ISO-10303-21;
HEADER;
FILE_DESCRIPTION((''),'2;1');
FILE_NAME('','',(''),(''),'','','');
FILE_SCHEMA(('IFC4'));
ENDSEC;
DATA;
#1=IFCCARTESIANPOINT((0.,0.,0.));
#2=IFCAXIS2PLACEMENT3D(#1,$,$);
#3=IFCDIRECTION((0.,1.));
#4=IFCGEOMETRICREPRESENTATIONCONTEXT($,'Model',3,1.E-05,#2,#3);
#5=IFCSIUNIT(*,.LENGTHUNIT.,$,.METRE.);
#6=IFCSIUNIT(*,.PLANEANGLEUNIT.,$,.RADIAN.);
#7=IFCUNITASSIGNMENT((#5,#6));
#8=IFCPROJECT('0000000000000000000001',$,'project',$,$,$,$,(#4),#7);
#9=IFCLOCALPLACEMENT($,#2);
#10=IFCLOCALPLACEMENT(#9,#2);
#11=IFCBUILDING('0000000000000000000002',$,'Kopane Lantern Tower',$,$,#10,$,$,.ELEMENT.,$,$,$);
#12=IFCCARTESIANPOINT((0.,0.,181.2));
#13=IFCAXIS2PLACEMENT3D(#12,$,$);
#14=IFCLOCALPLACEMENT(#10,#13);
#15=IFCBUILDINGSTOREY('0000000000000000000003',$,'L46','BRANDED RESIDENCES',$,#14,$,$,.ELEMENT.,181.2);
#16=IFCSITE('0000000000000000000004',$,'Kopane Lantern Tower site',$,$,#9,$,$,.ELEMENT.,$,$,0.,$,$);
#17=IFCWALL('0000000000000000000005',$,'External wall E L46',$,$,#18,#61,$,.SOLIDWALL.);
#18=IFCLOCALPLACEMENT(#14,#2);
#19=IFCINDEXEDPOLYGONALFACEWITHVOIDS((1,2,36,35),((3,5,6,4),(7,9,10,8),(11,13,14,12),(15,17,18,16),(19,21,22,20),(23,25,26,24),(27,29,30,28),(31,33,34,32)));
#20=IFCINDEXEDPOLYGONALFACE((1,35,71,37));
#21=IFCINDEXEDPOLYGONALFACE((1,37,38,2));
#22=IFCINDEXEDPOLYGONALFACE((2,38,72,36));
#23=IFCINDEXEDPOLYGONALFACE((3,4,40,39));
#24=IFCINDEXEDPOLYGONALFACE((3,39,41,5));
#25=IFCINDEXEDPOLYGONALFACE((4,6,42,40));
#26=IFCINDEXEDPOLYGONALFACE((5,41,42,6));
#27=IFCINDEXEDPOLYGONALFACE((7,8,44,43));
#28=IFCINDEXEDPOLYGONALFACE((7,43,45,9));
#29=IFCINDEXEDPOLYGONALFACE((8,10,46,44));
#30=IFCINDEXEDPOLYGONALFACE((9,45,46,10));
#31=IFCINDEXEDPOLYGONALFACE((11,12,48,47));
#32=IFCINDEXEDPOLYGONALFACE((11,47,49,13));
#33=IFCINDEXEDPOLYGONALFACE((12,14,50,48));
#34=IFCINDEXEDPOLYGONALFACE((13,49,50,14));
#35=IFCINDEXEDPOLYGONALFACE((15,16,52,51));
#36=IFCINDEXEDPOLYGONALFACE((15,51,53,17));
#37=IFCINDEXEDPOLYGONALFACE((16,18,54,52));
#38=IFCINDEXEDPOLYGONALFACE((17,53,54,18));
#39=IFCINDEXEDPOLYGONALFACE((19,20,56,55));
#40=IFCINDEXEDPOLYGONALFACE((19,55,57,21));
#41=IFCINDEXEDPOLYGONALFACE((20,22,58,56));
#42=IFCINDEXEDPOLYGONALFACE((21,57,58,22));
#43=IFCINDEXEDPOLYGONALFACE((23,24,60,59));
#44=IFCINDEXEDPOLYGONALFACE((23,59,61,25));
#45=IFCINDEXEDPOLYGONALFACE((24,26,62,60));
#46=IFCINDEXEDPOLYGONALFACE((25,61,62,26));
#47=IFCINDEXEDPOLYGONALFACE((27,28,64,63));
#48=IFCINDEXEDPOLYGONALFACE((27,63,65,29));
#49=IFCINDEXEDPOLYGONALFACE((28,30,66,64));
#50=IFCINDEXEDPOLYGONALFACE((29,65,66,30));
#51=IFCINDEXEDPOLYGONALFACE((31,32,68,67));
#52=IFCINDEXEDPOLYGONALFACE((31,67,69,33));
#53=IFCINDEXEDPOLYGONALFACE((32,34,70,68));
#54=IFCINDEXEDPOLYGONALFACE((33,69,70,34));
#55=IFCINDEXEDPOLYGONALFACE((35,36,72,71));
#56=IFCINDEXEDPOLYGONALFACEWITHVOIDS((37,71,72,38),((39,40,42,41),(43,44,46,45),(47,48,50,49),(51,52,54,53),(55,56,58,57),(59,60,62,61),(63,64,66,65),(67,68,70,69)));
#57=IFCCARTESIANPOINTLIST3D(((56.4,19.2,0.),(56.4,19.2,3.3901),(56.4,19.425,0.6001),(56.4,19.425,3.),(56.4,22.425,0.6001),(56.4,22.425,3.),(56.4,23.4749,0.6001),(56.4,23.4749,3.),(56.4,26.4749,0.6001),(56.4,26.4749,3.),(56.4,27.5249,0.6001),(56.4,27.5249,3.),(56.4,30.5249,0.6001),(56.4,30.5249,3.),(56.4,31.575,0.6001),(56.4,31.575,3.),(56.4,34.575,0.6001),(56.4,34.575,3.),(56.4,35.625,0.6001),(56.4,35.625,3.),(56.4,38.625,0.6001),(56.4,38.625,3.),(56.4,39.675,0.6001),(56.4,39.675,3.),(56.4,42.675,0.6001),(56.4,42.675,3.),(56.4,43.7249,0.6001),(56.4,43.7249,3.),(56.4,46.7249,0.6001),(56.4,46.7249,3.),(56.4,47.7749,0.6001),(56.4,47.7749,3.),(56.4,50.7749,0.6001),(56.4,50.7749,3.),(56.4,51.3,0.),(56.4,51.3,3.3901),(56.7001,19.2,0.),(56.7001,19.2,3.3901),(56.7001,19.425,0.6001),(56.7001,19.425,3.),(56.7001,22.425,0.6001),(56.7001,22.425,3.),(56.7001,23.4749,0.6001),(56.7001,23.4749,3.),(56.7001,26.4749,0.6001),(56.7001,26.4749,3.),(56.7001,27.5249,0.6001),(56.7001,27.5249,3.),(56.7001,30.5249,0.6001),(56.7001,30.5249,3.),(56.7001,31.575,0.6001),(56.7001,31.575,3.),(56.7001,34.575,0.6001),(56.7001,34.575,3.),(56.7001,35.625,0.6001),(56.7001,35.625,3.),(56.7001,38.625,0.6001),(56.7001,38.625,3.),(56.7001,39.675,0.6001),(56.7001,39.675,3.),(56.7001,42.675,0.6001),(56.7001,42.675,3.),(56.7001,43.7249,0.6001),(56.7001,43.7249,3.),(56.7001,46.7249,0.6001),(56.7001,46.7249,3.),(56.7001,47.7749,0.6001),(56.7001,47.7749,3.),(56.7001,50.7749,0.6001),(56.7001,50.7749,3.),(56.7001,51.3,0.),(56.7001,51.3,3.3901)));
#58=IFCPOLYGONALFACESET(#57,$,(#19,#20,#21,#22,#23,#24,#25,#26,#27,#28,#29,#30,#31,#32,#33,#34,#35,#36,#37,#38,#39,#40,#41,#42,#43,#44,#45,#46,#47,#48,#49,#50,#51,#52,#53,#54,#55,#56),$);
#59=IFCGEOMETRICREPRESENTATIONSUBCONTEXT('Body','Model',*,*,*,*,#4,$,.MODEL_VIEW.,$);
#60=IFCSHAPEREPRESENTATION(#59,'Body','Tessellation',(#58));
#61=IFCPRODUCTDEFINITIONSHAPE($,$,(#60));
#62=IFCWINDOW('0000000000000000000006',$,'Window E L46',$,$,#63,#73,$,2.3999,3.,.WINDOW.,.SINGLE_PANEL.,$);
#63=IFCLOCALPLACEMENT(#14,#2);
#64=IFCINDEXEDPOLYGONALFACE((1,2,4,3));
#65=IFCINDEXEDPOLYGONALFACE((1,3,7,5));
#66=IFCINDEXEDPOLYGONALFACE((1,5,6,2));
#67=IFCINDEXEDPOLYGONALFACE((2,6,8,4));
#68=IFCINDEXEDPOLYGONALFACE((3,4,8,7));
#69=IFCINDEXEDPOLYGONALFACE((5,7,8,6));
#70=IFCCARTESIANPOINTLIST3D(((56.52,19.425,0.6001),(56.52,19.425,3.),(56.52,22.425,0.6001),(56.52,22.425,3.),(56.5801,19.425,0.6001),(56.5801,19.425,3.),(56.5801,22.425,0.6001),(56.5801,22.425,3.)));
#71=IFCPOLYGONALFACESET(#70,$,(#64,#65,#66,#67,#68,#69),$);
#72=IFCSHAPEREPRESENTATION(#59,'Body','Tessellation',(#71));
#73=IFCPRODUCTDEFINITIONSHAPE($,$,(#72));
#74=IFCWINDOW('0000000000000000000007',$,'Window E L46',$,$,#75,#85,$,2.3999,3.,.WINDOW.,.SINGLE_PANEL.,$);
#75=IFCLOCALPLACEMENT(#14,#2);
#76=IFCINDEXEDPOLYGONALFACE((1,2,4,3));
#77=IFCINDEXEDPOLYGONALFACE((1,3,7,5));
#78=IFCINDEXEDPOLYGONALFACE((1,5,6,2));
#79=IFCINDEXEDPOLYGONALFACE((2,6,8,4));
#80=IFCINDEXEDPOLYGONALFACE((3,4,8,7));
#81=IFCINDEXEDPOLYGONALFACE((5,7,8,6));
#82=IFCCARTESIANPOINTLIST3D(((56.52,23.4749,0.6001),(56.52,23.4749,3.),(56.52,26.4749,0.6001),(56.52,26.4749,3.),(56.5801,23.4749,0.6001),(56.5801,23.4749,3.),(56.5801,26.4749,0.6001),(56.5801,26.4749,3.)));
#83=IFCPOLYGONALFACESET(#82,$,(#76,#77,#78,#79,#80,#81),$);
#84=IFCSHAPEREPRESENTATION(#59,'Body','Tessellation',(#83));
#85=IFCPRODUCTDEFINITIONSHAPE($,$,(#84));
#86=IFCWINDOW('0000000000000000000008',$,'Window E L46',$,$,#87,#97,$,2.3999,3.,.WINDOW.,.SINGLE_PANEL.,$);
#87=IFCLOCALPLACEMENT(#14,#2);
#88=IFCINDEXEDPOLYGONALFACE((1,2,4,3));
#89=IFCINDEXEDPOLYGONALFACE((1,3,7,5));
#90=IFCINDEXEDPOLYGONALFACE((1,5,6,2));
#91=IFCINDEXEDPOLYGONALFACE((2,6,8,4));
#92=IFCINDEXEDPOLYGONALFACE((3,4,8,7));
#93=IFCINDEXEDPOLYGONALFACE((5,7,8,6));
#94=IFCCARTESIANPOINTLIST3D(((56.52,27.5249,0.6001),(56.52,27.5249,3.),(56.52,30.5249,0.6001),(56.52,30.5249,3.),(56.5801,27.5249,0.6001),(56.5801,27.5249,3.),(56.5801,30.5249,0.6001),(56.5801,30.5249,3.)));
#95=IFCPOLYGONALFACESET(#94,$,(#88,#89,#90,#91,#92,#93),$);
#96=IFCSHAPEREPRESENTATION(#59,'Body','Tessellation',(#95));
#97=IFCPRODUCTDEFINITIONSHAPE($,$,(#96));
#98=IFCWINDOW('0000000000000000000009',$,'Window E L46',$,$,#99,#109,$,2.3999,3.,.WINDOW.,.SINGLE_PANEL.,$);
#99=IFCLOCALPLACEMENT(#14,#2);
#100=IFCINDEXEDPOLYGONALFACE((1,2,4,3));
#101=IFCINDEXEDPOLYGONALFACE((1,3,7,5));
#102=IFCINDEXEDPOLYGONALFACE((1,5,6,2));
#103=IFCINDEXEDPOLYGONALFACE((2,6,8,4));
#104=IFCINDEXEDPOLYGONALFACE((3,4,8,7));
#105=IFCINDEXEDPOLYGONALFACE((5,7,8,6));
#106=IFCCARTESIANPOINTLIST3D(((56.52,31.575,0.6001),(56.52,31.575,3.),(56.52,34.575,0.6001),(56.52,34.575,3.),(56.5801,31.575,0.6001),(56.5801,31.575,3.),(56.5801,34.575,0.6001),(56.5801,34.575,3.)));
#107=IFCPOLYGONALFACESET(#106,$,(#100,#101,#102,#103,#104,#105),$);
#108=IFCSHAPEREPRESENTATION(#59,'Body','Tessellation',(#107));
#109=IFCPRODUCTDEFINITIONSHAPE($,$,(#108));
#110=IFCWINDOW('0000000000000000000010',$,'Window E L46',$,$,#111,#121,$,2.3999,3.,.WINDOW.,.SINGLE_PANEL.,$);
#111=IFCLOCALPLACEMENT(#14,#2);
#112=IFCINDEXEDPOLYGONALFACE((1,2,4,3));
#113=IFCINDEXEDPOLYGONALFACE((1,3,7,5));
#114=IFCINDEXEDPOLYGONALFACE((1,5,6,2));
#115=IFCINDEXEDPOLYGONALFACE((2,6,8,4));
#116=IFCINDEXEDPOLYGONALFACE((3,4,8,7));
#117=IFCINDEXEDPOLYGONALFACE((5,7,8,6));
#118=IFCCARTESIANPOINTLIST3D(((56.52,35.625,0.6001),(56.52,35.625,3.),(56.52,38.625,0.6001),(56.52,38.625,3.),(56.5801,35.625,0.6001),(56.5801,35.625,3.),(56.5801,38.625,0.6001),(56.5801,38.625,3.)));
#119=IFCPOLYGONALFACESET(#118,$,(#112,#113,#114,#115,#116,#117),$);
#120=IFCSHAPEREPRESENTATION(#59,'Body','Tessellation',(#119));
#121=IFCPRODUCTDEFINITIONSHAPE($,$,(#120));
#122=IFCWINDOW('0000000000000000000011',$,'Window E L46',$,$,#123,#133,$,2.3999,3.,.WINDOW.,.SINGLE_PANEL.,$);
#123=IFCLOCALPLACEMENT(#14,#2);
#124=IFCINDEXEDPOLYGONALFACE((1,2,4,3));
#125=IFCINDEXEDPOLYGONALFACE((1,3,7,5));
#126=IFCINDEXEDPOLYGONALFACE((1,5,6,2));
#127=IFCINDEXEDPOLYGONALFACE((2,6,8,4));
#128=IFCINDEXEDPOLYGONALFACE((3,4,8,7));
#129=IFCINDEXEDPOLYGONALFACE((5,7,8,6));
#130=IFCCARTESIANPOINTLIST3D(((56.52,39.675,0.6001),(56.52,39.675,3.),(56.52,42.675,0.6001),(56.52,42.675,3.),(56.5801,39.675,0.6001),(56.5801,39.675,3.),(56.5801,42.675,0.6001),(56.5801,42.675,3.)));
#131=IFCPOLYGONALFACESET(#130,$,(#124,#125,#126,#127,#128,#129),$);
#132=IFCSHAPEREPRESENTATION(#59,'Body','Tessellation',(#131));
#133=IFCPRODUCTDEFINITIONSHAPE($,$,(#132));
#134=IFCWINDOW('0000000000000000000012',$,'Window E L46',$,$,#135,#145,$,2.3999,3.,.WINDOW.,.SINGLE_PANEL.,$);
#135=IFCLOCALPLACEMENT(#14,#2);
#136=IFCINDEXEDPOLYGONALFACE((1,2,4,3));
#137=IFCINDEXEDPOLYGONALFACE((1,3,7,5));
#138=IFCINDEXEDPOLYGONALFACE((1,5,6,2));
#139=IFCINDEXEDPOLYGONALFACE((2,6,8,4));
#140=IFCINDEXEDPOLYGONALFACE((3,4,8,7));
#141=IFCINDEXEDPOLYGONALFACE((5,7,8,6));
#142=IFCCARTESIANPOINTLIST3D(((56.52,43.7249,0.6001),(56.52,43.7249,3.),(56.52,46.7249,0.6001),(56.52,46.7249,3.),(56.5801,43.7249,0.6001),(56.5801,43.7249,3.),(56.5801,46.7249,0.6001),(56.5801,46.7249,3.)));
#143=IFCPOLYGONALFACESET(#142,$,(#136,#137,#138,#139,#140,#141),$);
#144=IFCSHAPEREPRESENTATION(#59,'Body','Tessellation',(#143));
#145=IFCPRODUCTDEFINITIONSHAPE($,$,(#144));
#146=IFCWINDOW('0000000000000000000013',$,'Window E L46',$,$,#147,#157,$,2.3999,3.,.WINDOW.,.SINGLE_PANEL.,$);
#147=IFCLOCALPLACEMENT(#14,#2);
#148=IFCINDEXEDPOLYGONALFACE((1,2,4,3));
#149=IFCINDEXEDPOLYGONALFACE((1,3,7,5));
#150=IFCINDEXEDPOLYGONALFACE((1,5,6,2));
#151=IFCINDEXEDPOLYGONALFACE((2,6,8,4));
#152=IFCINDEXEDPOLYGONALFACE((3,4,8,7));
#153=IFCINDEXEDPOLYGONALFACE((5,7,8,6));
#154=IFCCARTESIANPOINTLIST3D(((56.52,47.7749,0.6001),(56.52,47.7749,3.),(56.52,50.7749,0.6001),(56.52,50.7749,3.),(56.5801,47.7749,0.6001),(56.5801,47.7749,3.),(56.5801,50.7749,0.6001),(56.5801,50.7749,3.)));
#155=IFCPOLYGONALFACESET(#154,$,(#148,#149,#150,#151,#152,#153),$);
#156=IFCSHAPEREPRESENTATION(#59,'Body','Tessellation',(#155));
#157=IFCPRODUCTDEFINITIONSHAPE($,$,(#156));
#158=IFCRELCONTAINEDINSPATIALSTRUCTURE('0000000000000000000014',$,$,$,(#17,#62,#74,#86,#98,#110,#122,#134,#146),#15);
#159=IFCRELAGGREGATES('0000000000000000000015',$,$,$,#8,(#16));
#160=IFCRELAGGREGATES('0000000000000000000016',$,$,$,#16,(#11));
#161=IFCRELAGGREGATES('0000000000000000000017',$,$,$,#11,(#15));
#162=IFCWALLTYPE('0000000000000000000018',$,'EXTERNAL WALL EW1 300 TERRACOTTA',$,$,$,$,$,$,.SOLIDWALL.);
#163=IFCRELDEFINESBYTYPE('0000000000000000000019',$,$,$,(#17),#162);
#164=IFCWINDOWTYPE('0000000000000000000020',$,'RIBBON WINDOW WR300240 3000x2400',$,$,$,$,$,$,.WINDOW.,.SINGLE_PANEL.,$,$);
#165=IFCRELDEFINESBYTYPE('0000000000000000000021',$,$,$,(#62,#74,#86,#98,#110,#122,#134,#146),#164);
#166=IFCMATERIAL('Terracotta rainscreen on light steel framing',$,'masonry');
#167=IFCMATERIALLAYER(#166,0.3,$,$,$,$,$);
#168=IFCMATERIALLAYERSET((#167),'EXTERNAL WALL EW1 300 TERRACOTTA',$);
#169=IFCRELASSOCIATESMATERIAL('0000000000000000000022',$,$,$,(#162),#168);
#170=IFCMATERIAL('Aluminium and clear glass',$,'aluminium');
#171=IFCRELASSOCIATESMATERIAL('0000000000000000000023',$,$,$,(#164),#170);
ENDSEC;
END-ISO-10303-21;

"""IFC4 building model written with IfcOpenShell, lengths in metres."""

from ifc_helpers import new_model, si_unit, direction, frame, frame_2d, origin, place, context, subcontext, project, spatial, rectangle, extrude, material, layer, layer_set, type_object, element, fill, save


model = new_model("IFC4")

# Units and contexts
model_context = context("Model", 3, precision=1e-05, world=origin(), true_north=direction((0.0, 1.0)))
body_context = subcontext(model_context, "Body", "Model", "MODEL_VIEW")
ifc_project = project(units=[si_unit("LENGTHUNIT", "METRE"), si_unit("PLANEANGLEUNIT", "RADIAN")], contexts=[model_context])

# Site, building, storey
site_placement = place(None, origin())
site = spatial("IfcSite", under=ifc_project, at=site_placement, Name="Kopane Lantern Tower site", CompositionType="ELEMENT", RefElevation=0.0)
building_placement = place(site_placement, origin())
building = spatial("IfcBuilding", under=site, at=building_placement, Name="Kopane Lantern Tower", CompositionType="ELEMENT")
storey_placement = place(building_placement, frame((0.0, 0.0, 181.2)))
storey = spatial("IfcBuildingStorey", under=building, at=storey_placement, Name="L46", Description="BRANDED RESIDENCES", CompositionType="ELEMENT", Elevation=181.2)

# Wall, openings, windows
ifc_material_1 = material(Name="Terracotta rainscreen on light steel framing", Category="masonry")
ifc_layer_1 = layer(ifc_material_1, 0.3)
ifc_layer_set_1 = layer_set([ifc_layer_1], Name="EXTERNAL WALL EW1 300 TERRACOTTA")
wall_type_1 = type_object("IfcWallType", Name="EXTERNAL WALL EW1 300 TERRACOTTA", PredefinedType="SOLIDWALL", material=ifc_layer_set_1)
wall_1_placement = place(storey_placement, frame((56.55, 19.2, 0.0), z_axis=(0.0, 0.0, 1.0), x_axis=(0.0, 1.0, 0.0)))
wall_1 = element("IfcWall", 1, at=wall_1_placement, inside=storey, type_object=wall_type_1, Name="External wall E L46", PredefinedType="SOLIDWALL", context=body_context, shape_type="SweptSolid", body=[
    extrude(rectangle(XDim=32.1001, YDim=0.3, at=frame_2d((16.05, 0.0))), origin(), (0.0, 0.0, 1.0), 3.3901),
])
opening_1_placement = place(wall_1_placement, frame((0.2251, 0.0, 0.6001)))
opening_1 = element("IfcOpeningElement", 2, at=opening_1_placement, cuts=wall_1, PredefinedType="OPENING", context=body_context, shape_type="SweptSolid", body=[
    extrude(rectangle(XDim=3.0, YDim=2.3999, at=frame_2d((1.5, 1.2))), frame((0.0, 0.1599, 0.0), z_axis=(0.0, -1.0, 0.0), x_axis=(1.0, 0.0, 0.0)), (0.0, 0.0, 1.0), 0.3201),
])
opening_2_placement = place(wall_1_placement, frame((4.2749, 0.0, 0.6001)))
opening_2 = element("IfcOpeningElement", 3, at=opening_2_placement, cuts=wall_1, PredefinedType="OPENING", context=body_context, shape_type="SweptSolid", body=[
    extrude(rectangle(XDim=3.0, YDim=2.3999, at=frame_2d((1.5, 1.2))), frame((0.0, 0.1599, 0.0), z_axis=(0.0, -1.0, 0.0), x_axis=(1.0, 0.0, 0.0)), (0.0, 0.0, 1.0), 0.3201),
])
opening_3_placement = place(wall_1_placement, frame((8.325, 0.0, 0.6001)))
opening_3 = element("IfcOpeningElement", 4, at=opening_3_placement, cuts=wall_1, PredefinedType="OPENING", context=body_context, shape_type="SweptSolid", body=[
    extrude(rectangle(XDim=3.0, YDim=2.3999, at=frame_2d((1.5, 1.2))), frame((0.0, 0.1599, 0.0), z_axis=(0.0, -1.0, 0.0), x_axis=(1.0, 0.0, 0.0)), (0.0, 0.0, 1.0), 0.3201),
])
opening_4_placement = place(wall_1_placement, frame((12.375, 0.0, 0.6001)))
opening_4 = element("IfcOpeningElement", 5, at=opening_4_placement, cuts=wall_1, PredefinedType="OPENING", context=body_context, shape_type="SweptSolid", body=[
    extrude(rectangle(XDim=3.0, YDim=2.3999, at=frame_2d((1.5, 1.2))), frame((0.0, 0.1599, 0.0), z_axis=(0.0, -1.0, 0.0), x_axis=(1.0, 0.0, 0.0)), (0.0, 0.0, 1.0), 0.3201),
])
opening_5_placement = place(wall_1_placement, frame((16.425, 0.0, 0.6001)))
opening_5 = element("IfcOpeningElement", 6, at=opening_5_placement, cuts=wall_1, PredefinedType="OPENING", context=body_context, shape_type="SweptSolid", body=[
    extrude(rectangle(XDim=3.0, YDim=2.3999, at=frame_2d((1.5, 1.2))), frame((0.0, 0.1599, 0.0), z_axis=(0.0, -1.0, 0.0), x_axis=(1.0, 0.0, 0.0)), (0.0, 0.0, 1.0), 0.3201),
])
opening_6_placement = place(wall_1_placement, frame((20.4751, 0.0, 0.6001)))
opening_6 = element("IfcOpeningElement", 7, at=opening_6_placement, cuts=wall_1, PredefinedType="OPENING", context=body_context, shape_type="SweptSolid", body=[
    extrude(rectangle(XDim=3.0, YDim=2.3999, at=frame_2d((1.5, 1.2))), frame((0.0, 0.1599, 0.0), z_axis=(0.0, -1.0, 0.0), x_axis=(1.0, 0.0, 0.0)), (0.0, 0.0, 1.0), 0.3201),
])
opening_7_placement = place(wall_1_placement, frame((24.5249, 0.0, 0.6001)))
opening_7 = element("IfcOpeningElement", 8, at=opening_7_placement, cuts=wall_1, PredefinedType="OPENING", context=body_context, shape_type="SweptSolid", body=[
    extrude(rectangle(XDim=3.0, YDim=2.3999, at=frame_2d((1.5, 1.2))), frame((0.0, 0.1599, 0.0), z_axis=(0.0, -1.0, 0.0), x_axis=(1.0, 0.0, 0.0)), (0.0, 0.0, 1.0), 0.3201),
])
opening_8_placement = place(wall_1_placement, frame((28.575, 0.0, 0.6001)))
opening_8 = element("IfcOpeningElement", 9, at=opening_8_placement, cuts=wall_1, PredefinedType="OPENING", context=body_context, shape_type="SweptSolid", body=[
    extrude(rectangle(XDim=3.0, YDim=2.3999, at=frame_2d((1.5, 1.2))), frame((0.0, 0.1599, 0.0), z_axis=(0.0, -1.0, 0.0), x_axis=(1.0, 0.0, 0.0)), (0.0, 0.0, 1.0), 0.3201),
])
ifc_material_2 = material(Name="Aluminium and clear glass", Category="aluminium")
window_type = type_object("IfcWindowType", Name="RIBBON WINDOW WR300240 3000x2400", PartitioningType="SINGLE_PANEL", PredefinedType="WINDOW", material=ifc_material_2)
window_1_placement = place(opening_1_placement, origin())
window_1 = element("IfcWindow", 10, at=window_1_placement, inside=storey, type_object=window_type, Name="Window E L46", OverallHeight=2.3999, OverallWidth=3.0, PartitioningType="SINGLE_PANEL", PredefinedType="WINDOW", context=body_context, shape_type="SweptSolid", body=[
    extrude(rectangle(XDim=3.0, YDim=2.3999, at=frame_2d((1.5, 1.2))), frame((0.0, 0.03, 0.0), z_axis=(0.0, -1.0, 0.0), x_axis=(1.0, 0.0, 0.0)), (0.0, 0.0, 1.0), 0.0601),
])
fill(opening_1, window_1)
window_2_placement = place(opening_2_placement, origin())
window_2 = element("IfcWindow", 11, at=window_2_placement, inside=storey, type_object=window_type, Name="Window E L46", OverallHeight=2.3999, OverallWidth=3.0, PartitioningType="SINGLE_PANEL", PredefinedType="WINDOW", context=body_context, shape_type="SweptSolid", body=[
    extrude(rectangle(XDim=3.0, YDim=2.3999, at=frame_2d((1.5, 1.2))), frame((0.0, 0.03, 0.0), z_axis=(0.0, -1.0, 0.0), x_axis=(1.0, 0.0, 0.0)), (0.0, 0.0, 1.0), 0.0601),
])
fill(opening_2, window_2)
window_3_placement = place(opening_3_placement, origin())
window_3 = element("IfcWindow", 12, at=window_3_placement, inside=storey, type_object=window_type, Name="Window E L46", OverallHeight=2.3999, OverallWidth=3.0, PartitioningType="SINGLE_PANEL", PredefinedType="WINDOW", context=body_context, shape_type="SweptSolid", body=[
    extrude(rectangle(XDim=3.0, YDim=2.3999, at=frame_2d((1.5, 1.2))), frame((0.0, 0.03, 0.0), z_axis=(0.0, -1.0, 0.0), x_axis=(1.0, 0.0, 0.0)), (0.0, 0.0, 1.0), 0.0601),
])
fill(opening_3, window_3)
window_4_placement = place(opening_4_placement, origin())
window_4 = element("IfcWindow", 13, at=window_4_placement, inside=storey, type_object=window_type, Name="Window E L46", OverallHeight=2.3999, OverallWidth=3.0, PartitioningType="SINGLE_PANEL", PredefinedType="WINDOW", context=body_context, shape_type="SweptSolid", body=[
    extrude(rectangle(XDim=3.0, YDim=2.3999, at=frame_2d((1.5, 1.2))), frame((0.0, 0.03, 0.0), z_axis=(0.0, -1.0, 0.0), x_axis=(1.0, 0.0, 0.0)), (0.0, 0.0, 1.0), 0.0601),
])
fill(opening_4, window_4)
window_5_placement = place(opening_5_placement, origin())
window_5 = element("IfcWindow", 14, at=window_5_placement, inside=storey, type_object=window_type, Name="Window E L46", OverallHeight=2.3999, OverallWidth=3.0, PartitioningType="SINGLE_PANEL", PredefinedType="WINDOW", context=body_context, shape_type="SweptSolid", body=[
    extrude(rectangle(XDim=3.0, YDim=2.3999, at=frame_2d((1.5, 1.2))), frame((0.0, 0.03, 0.0), z_axis=(0.0, -1.0, 0.0), x_axis=(1.0, 0.0, 0.0)), (0.0, 0.0, 1.0), 0.0601),
])
fill(opening_5, window_5)
window_6_placement = place(opening_6_placement, origin())
window_6 = element("IfcWindow", 15, at=window_6_placement, inside=storey, type_object=window_type, Name="Window E L46", OverallHeight=2.3999, OverallWidth=3.0, PartitioningType="SINGLE_PANEL", PredefinedType="WINDOW", context=body_context, shape_type="SweptSolid", body=[
    extrude(rectangle(XDim=3.0, YDim=2.3999, at=frame_2d((1.5, 1.2))), frame((0.0, 0.03, 0.0), z_axis=(0.0, -1.0, 0.0), x_axis=(1.0, 0.0, 0.0)), (0.0, 0.0, 1.0), 0.0601),
])
fill(opening_6, window_6)
window_7_placement = place(opening_7_placement, origin())
window_7 = element("IfcWindow", 16, at=window_7_placement, inside=storey, type_object=window_type, Name="Window E L46", OverallHeight=2.3999, OverallWidth=3.0, PartitioningType="SINGLE_PANEL", PredefinedType="WINDOW", context=body_context, shape_type="SweptSolid", body=[
    extrude(rectangle(XDim=3.0, YDim=2.3999, at=frame_2d((1.5, 1.2))), frame((0.0, 0.03, 0.0), z_axis=(0.0, -1.0, 0.0), x_axis=(1.0, 0.0, 0.0)), (0.0, 0.0, 1.0), 0.0601),
])
fill(opening_7, window_7)
window_8_placement = place(opening_8_placement, origin())
window_8 = element("IfcWindow", 17, at=window_8_placement, inside=storey, type_object=window_type, Name="Window E L46", OverallHeight=2.3999, OverallWidth=3.0, PartitioningType="SINGLE_PANEL", PredefinedType="WINDOW", context=body_context, shape_type="SweptSolid", body=[
    extrude(rectangle(XDim=3.0, YDim=2.3999, at=frame_2d((1.5, 1.2))), frame((0.0, 0.03, 0.0), z_axis=(0.0, -1.0, 0.0), x_axis=(1.0, 0.0, 0.0)), (0.0, 0.0, 1.0), 0.0601),
])
fill(opening_8, window_8)

save(model, "model.ifc")
